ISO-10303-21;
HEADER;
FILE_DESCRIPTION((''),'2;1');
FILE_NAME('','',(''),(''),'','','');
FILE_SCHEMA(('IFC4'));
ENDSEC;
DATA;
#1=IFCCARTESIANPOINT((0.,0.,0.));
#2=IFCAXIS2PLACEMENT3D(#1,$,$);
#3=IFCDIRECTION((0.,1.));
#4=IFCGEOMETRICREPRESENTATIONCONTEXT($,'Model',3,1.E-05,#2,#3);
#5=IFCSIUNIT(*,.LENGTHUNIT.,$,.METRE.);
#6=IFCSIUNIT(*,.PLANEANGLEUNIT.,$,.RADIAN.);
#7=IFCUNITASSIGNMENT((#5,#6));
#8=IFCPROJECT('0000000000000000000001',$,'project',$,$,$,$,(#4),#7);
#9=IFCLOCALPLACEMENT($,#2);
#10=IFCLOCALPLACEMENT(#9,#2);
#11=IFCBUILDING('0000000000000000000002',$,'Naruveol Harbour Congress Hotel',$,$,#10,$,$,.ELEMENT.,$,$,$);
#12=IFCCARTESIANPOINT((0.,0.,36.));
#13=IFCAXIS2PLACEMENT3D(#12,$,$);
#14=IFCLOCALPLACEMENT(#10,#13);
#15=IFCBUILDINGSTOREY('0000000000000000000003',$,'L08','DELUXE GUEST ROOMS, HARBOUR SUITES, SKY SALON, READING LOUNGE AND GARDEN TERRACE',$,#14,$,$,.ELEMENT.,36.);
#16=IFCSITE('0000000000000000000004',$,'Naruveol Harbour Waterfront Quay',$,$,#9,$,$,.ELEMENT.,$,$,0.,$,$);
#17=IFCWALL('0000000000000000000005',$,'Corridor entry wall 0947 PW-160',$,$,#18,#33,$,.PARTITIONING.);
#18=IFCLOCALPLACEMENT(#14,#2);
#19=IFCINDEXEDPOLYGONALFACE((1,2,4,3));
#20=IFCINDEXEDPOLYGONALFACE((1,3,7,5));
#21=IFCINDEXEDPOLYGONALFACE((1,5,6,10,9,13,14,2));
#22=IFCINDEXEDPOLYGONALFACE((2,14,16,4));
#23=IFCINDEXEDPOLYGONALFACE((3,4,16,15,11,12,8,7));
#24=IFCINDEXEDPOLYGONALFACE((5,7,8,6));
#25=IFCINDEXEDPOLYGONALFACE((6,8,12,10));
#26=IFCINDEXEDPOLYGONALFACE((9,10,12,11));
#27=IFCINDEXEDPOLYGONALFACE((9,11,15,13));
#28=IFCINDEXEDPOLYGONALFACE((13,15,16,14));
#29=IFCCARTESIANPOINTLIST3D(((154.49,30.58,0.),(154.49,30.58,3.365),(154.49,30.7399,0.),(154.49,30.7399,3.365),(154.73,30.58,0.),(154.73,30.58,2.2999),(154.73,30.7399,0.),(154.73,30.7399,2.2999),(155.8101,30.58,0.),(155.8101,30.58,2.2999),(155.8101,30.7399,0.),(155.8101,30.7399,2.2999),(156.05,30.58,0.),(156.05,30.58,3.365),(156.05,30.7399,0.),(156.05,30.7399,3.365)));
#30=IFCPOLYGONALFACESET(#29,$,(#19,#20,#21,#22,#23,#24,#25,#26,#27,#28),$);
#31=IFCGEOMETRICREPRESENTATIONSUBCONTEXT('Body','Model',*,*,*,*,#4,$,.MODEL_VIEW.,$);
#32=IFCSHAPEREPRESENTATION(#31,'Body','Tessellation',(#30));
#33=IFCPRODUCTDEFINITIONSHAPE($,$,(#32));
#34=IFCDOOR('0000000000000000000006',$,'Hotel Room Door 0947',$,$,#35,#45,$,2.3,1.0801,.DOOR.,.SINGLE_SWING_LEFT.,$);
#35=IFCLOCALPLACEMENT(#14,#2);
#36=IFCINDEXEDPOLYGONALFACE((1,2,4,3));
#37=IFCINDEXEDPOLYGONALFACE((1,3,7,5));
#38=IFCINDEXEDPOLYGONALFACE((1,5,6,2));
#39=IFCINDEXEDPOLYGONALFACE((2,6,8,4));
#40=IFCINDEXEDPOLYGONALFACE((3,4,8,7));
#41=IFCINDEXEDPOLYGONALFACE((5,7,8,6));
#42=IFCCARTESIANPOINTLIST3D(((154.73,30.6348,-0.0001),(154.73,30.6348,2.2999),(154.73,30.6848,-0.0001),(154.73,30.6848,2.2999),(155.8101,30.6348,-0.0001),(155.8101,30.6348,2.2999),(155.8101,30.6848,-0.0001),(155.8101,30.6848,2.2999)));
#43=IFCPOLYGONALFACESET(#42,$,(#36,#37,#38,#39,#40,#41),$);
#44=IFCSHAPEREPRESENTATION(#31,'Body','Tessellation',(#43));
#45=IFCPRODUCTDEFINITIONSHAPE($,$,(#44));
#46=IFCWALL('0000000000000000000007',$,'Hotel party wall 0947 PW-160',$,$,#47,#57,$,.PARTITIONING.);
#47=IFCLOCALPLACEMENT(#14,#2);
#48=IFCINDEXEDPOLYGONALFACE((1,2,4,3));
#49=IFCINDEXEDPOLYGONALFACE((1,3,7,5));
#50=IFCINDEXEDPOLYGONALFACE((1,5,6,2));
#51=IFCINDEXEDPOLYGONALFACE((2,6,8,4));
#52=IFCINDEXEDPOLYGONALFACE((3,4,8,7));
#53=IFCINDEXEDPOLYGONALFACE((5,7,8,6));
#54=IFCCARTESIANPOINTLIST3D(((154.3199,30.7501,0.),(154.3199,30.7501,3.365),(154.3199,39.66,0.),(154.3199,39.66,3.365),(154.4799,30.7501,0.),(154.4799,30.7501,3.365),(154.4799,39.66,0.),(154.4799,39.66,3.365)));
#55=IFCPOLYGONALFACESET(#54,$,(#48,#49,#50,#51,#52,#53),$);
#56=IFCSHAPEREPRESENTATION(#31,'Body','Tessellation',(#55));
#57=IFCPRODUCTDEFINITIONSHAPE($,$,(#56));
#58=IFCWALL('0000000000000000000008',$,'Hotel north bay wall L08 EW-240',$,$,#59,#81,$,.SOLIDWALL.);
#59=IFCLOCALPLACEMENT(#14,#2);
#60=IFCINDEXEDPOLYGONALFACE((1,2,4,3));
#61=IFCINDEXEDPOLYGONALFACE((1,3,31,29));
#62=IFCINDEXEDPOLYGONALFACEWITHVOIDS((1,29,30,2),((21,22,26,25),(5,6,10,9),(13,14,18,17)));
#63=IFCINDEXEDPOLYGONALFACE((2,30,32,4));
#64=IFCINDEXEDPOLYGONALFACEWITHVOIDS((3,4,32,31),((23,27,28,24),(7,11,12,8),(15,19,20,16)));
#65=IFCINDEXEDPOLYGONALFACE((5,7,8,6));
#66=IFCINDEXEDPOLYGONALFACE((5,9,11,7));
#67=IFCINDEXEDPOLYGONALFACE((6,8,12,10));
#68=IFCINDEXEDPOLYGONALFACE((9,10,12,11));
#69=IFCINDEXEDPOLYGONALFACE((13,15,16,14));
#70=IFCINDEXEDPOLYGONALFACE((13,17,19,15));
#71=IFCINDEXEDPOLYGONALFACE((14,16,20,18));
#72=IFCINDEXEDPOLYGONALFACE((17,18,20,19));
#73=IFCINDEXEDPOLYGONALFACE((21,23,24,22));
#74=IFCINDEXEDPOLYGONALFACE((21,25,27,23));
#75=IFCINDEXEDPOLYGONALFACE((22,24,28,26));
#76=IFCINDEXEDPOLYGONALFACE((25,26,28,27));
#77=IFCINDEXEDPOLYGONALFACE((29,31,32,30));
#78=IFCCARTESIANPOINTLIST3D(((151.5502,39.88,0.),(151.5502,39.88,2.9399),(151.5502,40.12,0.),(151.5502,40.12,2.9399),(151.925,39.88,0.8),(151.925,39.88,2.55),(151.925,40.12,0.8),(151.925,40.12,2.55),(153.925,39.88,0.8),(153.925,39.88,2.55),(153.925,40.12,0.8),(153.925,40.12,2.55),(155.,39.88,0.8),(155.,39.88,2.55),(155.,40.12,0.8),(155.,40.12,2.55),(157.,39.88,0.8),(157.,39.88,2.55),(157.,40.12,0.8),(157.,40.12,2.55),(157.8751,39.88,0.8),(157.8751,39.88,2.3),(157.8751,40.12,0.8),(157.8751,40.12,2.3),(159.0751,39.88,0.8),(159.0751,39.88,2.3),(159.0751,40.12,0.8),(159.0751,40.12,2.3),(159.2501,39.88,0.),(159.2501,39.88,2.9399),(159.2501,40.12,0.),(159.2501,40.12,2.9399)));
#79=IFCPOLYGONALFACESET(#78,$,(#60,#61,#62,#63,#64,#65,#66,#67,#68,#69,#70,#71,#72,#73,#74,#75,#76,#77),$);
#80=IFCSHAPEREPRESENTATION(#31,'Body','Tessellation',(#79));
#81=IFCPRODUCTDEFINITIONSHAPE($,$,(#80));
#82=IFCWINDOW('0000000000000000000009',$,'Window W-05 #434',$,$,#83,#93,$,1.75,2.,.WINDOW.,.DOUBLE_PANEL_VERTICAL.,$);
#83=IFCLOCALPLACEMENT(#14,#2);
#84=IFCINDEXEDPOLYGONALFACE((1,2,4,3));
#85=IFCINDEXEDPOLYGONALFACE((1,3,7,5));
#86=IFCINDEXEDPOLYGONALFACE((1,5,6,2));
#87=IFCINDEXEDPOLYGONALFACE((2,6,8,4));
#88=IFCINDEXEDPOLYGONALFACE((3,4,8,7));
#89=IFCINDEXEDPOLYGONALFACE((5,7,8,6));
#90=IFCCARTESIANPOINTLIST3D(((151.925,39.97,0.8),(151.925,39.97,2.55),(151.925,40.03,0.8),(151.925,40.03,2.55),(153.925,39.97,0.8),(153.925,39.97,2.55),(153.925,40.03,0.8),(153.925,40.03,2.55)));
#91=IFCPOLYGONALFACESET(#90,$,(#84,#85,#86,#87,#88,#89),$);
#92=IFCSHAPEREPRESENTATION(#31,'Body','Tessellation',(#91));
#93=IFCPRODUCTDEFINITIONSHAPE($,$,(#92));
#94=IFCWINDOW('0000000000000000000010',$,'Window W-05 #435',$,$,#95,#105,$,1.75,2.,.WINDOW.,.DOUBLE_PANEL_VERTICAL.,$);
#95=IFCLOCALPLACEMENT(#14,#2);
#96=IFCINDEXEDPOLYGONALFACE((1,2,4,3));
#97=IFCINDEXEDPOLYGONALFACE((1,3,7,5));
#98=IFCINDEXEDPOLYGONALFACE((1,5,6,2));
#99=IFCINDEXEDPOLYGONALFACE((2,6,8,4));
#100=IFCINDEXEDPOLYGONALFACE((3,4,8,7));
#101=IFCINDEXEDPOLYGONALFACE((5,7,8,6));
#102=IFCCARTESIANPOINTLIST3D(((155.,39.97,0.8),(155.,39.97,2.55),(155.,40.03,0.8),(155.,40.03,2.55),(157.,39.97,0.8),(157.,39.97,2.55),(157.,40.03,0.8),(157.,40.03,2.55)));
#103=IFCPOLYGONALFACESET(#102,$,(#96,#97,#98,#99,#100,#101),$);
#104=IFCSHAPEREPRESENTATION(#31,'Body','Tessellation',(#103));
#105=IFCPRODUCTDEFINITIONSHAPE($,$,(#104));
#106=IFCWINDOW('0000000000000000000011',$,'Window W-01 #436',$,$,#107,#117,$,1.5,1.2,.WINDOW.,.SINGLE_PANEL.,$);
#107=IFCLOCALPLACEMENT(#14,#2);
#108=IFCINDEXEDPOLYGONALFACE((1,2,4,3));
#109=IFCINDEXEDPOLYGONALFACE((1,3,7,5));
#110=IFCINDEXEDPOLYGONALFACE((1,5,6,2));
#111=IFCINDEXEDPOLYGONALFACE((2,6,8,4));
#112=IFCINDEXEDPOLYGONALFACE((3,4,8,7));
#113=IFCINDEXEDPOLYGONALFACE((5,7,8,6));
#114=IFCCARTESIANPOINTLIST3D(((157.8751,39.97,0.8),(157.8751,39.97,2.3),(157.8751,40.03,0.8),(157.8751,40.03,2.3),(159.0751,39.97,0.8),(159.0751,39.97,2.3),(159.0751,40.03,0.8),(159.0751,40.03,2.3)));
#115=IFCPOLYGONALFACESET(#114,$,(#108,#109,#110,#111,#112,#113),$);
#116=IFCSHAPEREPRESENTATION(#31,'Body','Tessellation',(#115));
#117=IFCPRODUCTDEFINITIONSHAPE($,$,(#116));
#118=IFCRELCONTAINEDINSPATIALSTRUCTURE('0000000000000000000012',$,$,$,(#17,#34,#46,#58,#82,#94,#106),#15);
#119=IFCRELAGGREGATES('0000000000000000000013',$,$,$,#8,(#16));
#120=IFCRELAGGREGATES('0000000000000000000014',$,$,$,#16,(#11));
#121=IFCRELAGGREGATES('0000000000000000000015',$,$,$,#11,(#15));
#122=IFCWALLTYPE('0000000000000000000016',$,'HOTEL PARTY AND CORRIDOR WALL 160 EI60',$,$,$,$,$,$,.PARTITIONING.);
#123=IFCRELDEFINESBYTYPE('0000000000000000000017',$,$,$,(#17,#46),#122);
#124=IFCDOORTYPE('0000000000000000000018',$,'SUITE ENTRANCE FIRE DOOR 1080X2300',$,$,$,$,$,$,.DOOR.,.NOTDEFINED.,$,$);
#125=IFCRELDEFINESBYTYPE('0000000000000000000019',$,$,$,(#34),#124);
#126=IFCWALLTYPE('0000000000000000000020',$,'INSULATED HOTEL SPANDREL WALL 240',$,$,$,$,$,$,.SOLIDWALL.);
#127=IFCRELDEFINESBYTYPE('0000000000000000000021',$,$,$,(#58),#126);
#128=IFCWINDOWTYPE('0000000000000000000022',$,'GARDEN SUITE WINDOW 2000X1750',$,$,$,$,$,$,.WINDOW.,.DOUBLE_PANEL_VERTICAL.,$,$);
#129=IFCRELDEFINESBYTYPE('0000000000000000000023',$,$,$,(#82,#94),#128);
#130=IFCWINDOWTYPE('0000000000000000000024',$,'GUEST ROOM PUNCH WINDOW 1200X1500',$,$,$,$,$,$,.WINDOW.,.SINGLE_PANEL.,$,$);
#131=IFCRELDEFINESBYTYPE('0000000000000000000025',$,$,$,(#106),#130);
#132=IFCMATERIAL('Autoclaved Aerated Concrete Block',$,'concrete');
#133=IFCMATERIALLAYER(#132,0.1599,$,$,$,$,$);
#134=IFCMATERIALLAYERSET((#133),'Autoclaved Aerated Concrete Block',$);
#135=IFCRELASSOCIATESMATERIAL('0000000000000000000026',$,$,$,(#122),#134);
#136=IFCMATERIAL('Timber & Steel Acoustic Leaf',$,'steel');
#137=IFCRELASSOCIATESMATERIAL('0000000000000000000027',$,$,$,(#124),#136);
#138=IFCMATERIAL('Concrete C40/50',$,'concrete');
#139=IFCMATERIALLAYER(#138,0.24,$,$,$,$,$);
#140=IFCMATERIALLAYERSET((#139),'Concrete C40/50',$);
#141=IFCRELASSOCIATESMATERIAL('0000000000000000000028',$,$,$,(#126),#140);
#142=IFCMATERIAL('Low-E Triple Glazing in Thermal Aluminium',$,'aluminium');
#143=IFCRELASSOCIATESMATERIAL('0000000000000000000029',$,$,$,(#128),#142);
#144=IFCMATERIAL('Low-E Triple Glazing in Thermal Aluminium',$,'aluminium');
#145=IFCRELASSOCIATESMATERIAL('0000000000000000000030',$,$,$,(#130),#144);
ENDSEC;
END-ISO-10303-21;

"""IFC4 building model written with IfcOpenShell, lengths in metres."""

from ifc_helpers import new_model, si_unit, direction, frame, frame_2d, origin, place, context, subcontext, project, spatial, rectangle, extrude, material, layer, layer_set, type_object, element, fill, save


model = new_model("IFC4")

# Units and contexts
model_context = context("Model", 3, precision=1e-05, world=origin(), true_north=direction((0.0, 1.0)))
body_context = subcontext(model_context, "Body", "Model", "MODEL_VIEW")
ifc_project = project(units=[si_unit("LENGTHUNIT", "METRE"), si_unit("PLANEANGLEUNIT", "RADIAN")], contexts=[model_context])

# Site, building, storey
site_placement = place(None, origin())
site = spatial("IfcSite", under=ifc_project, at=site_placement, Name="Naruveol Harbour Waterfront Quay", CompositionType="ELEMENT", RefElevation=0.0)
building_placement = place(site_placement, origin())
building = spatial("IfcBuilding", under=site, at=building_placement, Name="Naruveol Harbour Congress Hotel", CompositionType="ELEMENT")
storey_placement = place(building_placement, frame((0.0, 0.0, 36.0)))
storey = spatial("IfcBuildingStorey", under=building, at=storey_placement, Name="L08", Description="DELUXE GUEST ROOMS, HARBOUR SUITES, SKY SALON, READING LOUNGE AND GARDEN TERRACE", CompositionType="ELEMENT", Elevation=36.0)

# Shared definitions
ifc_material_1 = material(Name="Autoclaved Aerated Concrete Block", Category="concrete")
ifc_layer_1 = layer(ifc_material_1, 0.1599)
ifc_layer_set_1 = layer_set([ifc_layer_1], Name="Autoclaved Aerated Concrete Block")
wall_type_1 = type_object("IfcWallType", Name="HOTEL PARTY AND CORRIDOR WALL 160 EI60", PredefinedType="PARTITIONING", material=ifc_layer_set_1)

# Shared definitions
ifc_material_2 = material(Name="Timber & Steel Acoustic Leaf", Category="steel")
door_type_1 = type_object("IfcDoorType", Name="SUITE ENTRANCE FIRE DOOR 1080X2300", OperationType="NOTDEFINED", PredefinedType="DOOR", material=ifc_material_2)

# Wall, opening, door
wall_1_placement = place(storey_placement, frame((154.49, 30.6599, 0.0), z_axis=(0.0, 0.0, 1.0), x_axis=(1.0, 0.0, 0.0)))
wall_1 = element("IfcWall", 1, at=wall_1_placement, inside=storey, type_object=wall_type_1, Name="Corridor entry wall 0947 PW-160", PredefinedType="PARTITIONING", context=body_context, shape_type="SweptSolid", body=[
    extrude(rectangle(XDim=1.5601, YDim=0.1599, at=frame_2d((0.78, 0.0))), origin(), (0.0, 0.0, 1.0), 3.365),
])
opening_1_placement = place(wall_1_placement, frame((0.24, 0.0, 0.0)))
opening_1 = element("IfcOpeningElement", 2, at=opening_1_placement, cuts=wall_1, PredefinedType="OPENING", context=body_context, shape_type="SweptSolid", body=[
    extrude(rectangle(XDim=1.0801, YDim=2.3, at=frame_2d((0.54, 1.1499))), frame((0.0, 0.0898, 0.0), z_axis=(0.0, -1.0, 0.0), x_axis=(1.0, 0.0, 0.0)), (0.0, 0.0, 1.0), 0.1799),
])
door_1_placement = place(opening_1_placement, origin())
door_1 = element("IfcDoor", 3, at=door_1_placement, inside=storey, type_object=door_type_1, Name="Hotel Room Door 0947", OperationType="SINGLE_SWING_LEFT", OverallHeight=2.3, OverallWidth=1.0801, PredefinedType="DOOR", context=body_context, shape_type="SweptSolid", body=[
    extrude(rectangle(XDim=1.0801, YDim=2.3, at=frame_2d((0.54, 1.1499))), frame((0.0, 0.0249, 0.0), z_axis=(0.0, -1.0, 0.0), x_axis=(1.0, 0.0, 0.0)), (0.0, 0.0, 1.0), 0.05),
])
fill(opening_1, door_1)

# Wall
wall_2_placement = place(storey_placement, frame((154.3999, 30.75, 0.0), z_axis=(0.0, 0.0, 1.0), x_axis=(0.0, 1.0, 0.0)))
element("IfcWall", 4, at=wall_2_placement, inside=storey, type_object=wall_type_1, Name="Hotel party wall 0947 PW-160", PredefinedType="PARTITIONING", context=body_context, shape_type="SweptSolid", body=[
    extrude(rectangle(XDim=8.9099, YDim=0.1599, at=frame_2d((4.4551, 0.0))), origin(), (0.0, 0.0, 1.0), 3.365),
])

# Wall, openings, windows
ifc_material_3 = material(Name="Concrete C40/50", Category="concrete")
ifc_layer_2 = layer(ifc_material_3, 0.24)
ifc_layer_set_2 = layer_set([ifc_layer_2], Name="Concrete C40/50")
wall_type_2 = type_object("IfcWallType", Name="INSULATED HOTEL SPANDREL WALL 240", PredefinedType="SOLIDWALL", material=ifc_layer_set_2)
wall_3_placement = place(storey_placement, frame((151.55, 40.0, 0.0), z_axis=(0.0, 0.0, 1.0), x_axis=(1.0, 0.0, 0.0)))
wall_3 = element("IfcWall", 5, at=wall_3_placement, inside=storey, type_object=wall_type_2, Name="Hotel north bay wall L08 EW-240", PredefinedType="SOLIDWALL", context=body_context, shape_type="SweptSolid", body=[
    extrude(rectangle(XDim=7.7, YDim=0.24, at=frame_2d((3.8501, 0.0))), origin(), (0.0, 0.0, 1.0), 2.9399),
])
opening_2_placement = place(wall_3_placement, frame((0.375, 0.0, 0.8)))
opening_2 = element("IfcOpeningElement", 6, at=opening_2_placement, cuts=wall_3, PredefinedType="OPENING", context=body_context, shape_type="SweptSolid", body=[
    extrude(rectangle(XDim=2.0, YDim=1.75, at=frame_2d((1.0, 0.875))), frame((0.0, 0.1299, 0.0), z_axis=(0.0, -1.0, 0.0), x_axis=(1.0, 0.0, 0.0)), (0.0, 0.0, 1.0), 0.26),
])
opening_3_placement = place(wall_3_placement, frame((3.45, 0.0, 0.8)))
opening_3 = element("IfcOpeningElement", 7, at=opening_3_placement, cuts=wall_3, PredefinedType="OPENING", context=body_context, shape_type="SweptSolid", body=[
    extrude(rectangle(XDim=2.0, YDim=1.75, at=frame_2d((1.0, 0.875))), frame((0.0, 0.1299, 0.0), z_axis=(0.0, -1.0, 0.0), x_axis=(1.0, 0.0, 0.0)), (0.0, 0.0, 1.0), 0.26),
])
opening_4_placement = place(wall_3_placement, frame((6.325, 0.0, 0.8)))
opening_4 = element("IfcOpeningElement", 8, at=opening_4_placement, cuts=wall_3, PredefinedType="OPENING", context=body_context, shape_type="SweptSolid", body=[
    extrude(rectangle(XDim=1.2, YDim=1.5, at=frame_2d((0.6001, 0.75))), frame((0.0, 0.1299, 0.0), z_axis=(0.0, -1.0, 0.0), x_axis=(1.0, 0.0, 0.0)), (0.0, 0.0, 1.0), 0.26),
])
ifc_material_4 = material(Name="Low-E Triple Glazing in Thermal Aluminium", Category="aluminium")
window_type_1 = type_object("IfcWindowType", Name="GARDEN SUITE WINDOW 2000X1750", PartitioningType="DOUBLE_PANEL_VERTICAL", PredefinedType="WINDOW", material=ifc_material_4)
window_1_placement = place(opening_2_placement, origin())
window_1 = element("IfcWindow", 9, at=window_1_placement, inside=storey, type_object=window_type_1, Name="Window W-05 #434", OverallHeight=1.75, OverallWidth=2.0, PartitioningType="DOUBLE_PANEL_VERTICAL", PredefinedType="WINDOW", context=body_context, shape_type="SweptSolid", body=[
    extrude(rectangle(XDim=2.0, YDim=1.75, at=frame_2d((1.0, 0.875))), frame((0.0, 0.03, 0.0), z_axis=(0.0, -1.0, 0.0), x_axis=(1.0, 0.0, 0.0)), (0.0, 0.0, 1.0), 0.0601),
])
fill(opening_2, window_1)
window_2_placement = place(opening_3_placement, origin())
window_2 = element("IfcWindow", 10, at=window_2_placement, inside=storey, type_object=window_type_1, Name="Window W-05 #435", OverallHeight=1.75, OverallWidth=2.0, PartitioningType="DOUBLE_PANEL_VERTICAL", PredefinedType="WINDOW", context=body_context, shape_type="SweptSolid", body=[
    extrude(rectangle(XDim=2.0, YDim=1.75, at=frame_2d((1.0, 0.875))), frame((0.0, 0.03, 0.0), z_axis=(0.0, -1.0, 0.0), x_axis=(1.0, 0.0, 0.0)), (0.0, 0.0, 1.0), 0.0601),
])
fill(opening_3, window_2)
ifc_material_5 = material(Name="Low-E Triple Glazing in Thermal Aluminium", Category="aluminium")
window_type_2 = type_object("IfcWindowType", Name="GUEST ROOM PUNCH WINDOW 1200X1500", PartitioningType="SINGLE_PANEL", PredefinedType="WINDOW", material=ifc_material_5)
window_3_placement = place(opening_4_placement, origin())
window_3 = element("IfcWindow", 11, at=window_3_placement, inside=storey, type_object=window_type_2, Name="Window W-01 #436", OverallHeight=1.5, OverallWidth=1.2, PartitioningType="SINGLE_PANEL", PredefinedType="WINDOW", context=body_context, shape_type="SweptSolid", body=[
    extrude(rectangle(XDim=1.2, YDim=1.5, at=frame_2d((0.6001, 0.75))), frame((0.0, 0.03, 0.0), z_axis=(0.0, -1.0, 0.0), x_axis=(1.0, 0.0, 0.0)), (0.0, 0.0, 1.0), 0.0601),
])
fill(opening_4, window_3)

save(model, "model.ifc")
